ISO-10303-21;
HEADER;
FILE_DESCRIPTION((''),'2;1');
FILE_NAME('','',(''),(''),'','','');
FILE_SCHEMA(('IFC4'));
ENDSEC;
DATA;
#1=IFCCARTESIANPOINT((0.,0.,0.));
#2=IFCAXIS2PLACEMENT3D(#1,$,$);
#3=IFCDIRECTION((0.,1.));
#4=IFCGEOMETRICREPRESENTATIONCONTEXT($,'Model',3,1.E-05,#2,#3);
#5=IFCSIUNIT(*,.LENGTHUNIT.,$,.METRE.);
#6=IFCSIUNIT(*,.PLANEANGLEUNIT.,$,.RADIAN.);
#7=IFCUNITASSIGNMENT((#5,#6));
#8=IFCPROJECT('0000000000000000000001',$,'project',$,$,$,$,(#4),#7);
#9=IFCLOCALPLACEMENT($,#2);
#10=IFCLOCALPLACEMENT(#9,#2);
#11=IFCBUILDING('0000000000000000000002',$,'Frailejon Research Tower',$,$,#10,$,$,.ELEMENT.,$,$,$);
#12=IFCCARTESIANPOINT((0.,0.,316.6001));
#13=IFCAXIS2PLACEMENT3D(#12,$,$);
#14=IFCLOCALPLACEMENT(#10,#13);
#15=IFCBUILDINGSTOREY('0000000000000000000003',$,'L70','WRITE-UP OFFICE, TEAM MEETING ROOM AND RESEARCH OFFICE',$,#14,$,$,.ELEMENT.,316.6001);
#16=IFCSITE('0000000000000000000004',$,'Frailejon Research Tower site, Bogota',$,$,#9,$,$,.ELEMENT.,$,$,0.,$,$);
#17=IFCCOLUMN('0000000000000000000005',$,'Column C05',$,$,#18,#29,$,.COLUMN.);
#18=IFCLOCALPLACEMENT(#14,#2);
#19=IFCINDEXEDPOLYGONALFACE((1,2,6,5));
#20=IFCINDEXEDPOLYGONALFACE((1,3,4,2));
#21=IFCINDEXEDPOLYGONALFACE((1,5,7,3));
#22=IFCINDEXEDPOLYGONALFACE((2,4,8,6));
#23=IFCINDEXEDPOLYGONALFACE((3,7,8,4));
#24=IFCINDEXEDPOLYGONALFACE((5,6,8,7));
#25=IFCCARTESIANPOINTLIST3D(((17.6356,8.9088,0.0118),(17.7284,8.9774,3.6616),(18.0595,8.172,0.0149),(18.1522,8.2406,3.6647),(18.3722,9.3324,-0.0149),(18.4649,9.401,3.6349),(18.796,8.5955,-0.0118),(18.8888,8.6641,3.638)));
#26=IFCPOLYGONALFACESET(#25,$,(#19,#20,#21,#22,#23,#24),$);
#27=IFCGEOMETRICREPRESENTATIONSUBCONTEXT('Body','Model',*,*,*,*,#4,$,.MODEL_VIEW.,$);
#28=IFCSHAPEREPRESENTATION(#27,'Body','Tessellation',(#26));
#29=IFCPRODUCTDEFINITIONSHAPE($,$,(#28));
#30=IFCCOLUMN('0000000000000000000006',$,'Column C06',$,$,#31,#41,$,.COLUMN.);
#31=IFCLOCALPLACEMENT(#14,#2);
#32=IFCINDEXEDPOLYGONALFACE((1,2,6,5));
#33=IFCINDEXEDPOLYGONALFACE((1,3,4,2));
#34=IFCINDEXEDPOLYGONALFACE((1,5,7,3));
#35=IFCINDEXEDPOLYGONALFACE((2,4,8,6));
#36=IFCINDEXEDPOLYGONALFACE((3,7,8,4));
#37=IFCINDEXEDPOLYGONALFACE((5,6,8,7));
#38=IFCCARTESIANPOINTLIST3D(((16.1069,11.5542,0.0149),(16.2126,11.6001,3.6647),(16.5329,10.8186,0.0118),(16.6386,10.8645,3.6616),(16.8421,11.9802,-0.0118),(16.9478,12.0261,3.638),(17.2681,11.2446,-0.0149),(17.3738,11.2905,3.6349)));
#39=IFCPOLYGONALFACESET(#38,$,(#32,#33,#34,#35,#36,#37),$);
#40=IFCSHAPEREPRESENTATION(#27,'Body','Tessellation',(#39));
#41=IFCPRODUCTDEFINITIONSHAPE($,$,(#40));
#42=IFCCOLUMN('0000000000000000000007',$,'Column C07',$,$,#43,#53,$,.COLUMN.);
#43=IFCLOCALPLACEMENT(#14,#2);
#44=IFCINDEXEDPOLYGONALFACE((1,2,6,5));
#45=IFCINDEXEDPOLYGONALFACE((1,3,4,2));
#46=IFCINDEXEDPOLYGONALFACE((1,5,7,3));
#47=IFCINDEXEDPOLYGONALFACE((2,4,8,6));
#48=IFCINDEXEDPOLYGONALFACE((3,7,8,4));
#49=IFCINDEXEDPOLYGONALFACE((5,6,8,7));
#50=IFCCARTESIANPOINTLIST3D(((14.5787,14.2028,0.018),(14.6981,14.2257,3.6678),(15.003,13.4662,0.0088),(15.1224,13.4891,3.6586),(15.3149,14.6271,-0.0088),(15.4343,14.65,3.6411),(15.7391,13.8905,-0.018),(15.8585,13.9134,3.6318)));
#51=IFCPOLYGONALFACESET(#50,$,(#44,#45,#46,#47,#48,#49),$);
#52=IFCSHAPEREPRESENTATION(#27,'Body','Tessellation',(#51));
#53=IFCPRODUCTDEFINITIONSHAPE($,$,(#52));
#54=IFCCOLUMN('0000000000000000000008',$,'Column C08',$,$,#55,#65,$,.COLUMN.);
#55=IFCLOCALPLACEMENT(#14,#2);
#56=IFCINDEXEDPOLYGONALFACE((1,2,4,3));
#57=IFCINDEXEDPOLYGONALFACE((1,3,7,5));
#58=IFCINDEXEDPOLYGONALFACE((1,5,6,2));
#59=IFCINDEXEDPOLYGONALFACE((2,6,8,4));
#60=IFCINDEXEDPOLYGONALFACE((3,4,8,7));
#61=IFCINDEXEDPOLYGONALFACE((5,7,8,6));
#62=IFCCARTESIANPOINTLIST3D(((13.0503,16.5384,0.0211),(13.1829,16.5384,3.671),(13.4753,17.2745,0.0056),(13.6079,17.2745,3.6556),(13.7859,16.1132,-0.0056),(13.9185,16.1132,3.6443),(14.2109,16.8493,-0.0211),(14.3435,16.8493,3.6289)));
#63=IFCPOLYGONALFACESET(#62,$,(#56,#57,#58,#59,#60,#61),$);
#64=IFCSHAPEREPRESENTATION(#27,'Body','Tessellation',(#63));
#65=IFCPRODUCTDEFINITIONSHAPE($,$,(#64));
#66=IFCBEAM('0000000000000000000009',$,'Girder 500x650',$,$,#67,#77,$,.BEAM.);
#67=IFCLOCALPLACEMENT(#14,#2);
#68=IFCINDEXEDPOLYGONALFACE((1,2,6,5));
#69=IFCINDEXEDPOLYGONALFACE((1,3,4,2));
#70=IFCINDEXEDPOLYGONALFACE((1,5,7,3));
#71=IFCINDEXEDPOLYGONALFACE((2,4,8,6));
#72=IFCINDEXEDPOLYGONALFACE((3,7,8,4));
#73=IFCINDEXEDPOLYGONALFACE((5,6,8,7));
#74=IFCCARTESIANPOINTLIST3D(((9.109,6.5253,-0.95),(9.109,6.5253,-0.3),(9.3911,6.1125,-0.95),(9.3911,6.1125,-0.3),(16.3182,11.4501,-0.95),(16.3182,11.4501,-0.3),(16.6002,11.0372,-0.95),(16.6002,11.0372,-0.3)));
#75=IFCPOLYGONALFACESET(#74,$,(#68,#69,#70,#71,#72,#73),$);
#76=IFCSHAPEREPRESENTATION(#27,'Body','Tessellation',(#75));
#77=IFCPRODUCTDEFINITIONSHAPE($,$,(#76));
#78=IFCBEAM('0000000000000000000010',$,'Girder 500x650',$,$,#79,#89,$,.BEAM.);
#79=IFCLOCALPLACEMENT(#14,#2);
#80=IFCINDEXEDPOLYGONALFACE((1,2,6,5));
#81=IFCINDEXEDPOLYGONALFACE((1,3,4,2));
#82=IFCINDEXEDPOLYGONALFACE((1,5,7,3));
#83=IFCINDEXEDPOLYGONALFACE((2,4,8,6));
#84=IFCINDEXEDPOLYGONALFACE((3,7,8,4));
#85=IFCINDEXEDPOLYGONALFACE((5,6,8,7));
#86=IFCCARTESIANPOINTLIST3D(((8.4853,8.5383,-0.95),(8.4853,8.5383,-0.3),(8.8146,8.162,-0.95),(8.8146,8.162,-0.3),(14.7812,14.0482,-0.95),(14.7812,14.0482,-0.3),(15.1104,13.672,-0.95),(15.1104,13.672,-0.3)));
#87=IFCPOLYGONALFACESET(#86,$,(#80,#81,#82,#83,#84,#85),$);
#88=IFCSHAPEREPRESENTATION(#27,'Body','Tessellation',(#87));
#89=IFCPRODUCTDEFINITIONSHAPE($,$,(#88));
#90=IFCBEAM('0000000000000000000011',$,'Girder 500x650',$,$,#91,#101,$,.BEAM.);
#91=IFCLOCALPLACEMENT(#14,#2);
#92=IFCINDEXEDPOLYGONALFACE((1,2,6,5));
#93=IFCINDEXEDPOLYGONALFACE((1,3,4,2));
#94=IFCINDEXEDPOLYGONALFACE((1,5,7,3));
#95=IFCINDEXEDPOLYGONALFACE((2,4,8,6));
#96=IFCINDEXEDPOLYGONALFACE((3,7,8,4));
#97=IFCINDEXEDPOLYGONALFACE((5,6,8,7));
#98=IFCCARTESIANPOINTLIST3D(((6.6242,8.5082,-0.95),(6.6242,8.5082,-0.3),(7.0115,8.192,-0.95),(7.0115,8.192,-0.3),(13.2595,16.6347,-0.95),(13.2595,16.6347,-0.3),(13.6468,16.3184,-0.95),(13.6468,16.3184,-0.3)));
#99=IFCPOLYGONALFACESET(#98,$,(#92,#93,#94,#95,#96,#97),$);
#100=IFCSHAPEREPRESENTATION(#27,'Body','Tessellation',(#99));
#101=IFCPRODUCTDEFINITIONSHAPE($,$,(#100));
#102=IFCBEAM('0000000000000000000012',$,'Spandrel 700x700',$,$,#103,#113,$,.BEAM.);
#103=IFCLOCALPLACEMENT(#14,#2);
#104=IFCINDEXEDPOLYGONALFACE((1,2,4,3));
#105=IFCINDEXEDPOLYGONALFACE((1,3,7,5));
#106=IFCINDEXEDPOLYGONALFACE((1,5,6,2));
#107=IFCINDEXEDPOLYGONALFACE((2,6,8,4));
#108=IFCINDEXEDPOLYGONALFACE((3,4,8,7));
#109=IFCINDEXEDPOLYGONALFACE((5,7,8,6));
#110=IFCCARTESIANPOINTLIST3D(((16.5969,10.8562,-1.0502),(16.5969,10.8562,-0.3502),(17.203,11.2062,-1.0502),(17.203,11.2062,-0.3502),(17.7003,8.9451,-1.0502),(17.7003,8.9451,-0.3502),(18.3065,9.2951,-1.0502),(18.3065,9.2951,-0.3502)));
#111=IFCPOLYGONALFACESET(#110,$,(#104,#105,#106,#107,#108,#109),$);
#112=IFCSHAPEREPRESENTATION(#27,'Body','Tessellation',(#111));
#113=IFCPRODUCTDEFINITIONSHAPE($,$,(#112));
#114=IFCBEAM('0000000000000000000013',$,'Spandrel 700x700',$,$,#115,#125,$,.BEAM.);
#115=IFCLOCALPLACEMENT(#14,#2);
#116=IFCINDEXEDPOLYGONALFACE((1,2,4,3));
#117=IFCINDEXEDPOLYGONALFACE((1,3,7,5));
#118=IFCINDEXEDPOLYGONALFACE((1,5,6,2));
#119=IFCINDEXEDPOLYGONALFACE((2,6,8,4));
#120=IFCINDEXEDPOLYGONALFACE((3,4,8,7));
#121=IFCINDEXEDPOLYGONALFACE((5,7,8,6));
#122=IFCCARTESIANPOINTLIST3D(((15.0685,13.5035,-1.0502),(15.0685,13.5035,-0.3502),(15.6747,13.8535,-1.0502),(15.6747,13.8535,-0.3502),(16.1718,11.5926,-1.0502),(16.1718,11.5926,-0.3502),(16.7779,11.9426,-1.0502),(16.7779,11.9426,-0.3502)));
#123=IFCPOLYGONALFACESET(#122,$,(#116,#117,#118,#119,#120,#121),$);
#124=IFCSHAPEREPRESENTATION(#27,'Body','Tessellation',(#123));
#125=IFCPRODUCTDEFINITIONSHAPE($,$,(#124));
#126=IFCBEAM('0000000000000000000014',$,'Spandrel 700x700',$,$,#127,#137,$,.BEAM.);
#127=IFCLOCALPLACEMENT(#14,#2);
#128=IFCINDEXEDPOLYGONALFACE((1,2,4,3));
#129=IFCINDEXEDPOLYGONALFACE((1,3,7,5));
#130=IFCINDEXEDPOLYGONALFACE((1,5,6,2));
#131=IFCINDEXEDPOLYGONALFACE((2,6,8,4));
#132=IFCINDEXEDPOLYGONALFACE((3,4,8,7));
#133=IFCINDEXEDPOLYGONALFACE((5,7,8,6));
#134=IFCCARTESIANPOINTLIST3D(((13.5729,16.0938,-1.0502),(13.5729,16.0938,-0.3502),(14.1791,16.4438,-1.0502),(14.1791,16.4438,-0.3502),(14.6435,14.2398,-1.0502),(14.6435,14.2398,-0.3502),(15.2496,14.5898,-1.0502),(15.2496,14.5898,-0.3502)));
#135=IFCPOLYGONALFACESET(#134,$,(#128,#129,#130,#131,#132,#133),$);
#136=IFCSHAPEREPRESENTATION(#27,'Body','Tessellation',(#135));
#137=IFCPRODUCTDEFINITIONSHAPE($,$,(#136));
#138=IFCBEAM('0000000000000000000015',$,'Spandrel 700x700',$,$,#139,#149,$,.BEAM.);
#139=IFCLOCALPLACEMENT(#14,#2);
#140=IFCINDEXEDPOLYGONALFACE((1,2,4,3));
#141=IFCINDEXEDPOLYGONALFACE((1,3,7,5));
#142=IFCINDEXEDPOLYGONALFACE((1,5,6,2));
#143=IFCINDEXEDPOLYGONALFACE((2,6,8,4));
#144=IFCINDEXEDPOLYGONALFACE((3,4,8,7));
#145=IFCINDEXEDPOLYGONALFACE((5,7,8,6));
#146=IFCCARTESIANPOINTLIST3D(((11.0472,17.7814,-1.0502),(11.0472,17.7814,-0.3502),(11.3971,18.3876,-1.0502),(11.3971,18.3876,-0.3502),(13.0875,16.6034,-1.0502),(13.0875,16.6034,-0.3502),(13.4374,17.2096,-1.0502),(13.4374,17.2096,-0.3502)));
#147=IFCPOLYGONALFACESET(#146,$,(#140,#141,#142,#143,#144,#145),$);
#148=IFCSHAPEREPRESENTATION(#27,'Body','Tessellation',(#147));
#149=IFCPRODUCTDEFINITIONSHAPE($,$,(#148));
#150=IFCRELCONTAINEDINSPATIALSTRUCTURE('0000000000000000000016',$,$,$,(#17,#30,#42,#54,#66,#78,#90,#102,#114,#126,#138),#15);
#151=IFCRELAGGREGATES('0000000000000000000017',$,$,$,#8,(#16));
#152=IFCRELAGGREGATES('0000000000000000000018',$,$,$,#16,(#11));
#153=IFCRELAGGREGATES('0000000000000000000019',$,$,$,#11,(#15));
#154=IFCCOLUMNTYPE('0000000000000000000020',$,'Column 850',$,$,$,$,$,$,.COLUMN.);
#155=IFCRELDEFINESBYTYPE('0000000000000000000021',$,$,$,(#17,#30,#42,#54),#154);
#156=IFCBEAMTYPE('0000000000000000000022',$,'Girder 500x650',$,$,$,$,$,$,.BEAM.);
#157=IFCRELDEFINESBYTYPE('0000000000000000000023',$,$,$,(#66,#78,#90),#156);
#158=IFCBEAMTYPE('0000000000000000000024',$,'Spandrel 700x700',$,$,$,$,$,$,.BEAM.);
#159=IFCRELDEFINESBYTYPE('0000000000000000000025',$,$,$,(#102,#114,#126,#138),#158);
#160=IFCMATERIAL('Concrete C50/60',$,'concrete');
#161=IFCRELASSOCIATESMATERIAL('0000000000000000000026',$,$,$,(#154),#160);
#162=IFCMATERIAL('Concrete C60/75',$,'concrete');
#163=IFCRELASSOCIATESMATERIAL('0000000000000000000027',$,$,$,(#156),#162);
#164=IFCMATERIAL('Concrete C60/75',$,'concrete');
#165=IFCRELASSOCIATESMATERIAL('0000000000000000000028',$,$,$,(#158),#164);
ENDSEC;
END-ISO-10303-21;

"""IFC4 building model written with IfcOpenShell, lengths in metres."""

from ifc_helpers import new_model, si_unit, direction, frame, origin, origin_2d, place, context, subcontext, project, spatial, rectangle, extrude, material, material_profile, profile_set, type_object, element, save


model = new_model("IFC4")

# Units and contexts
model_context = context("Model", 3, precision=1e-05, world=origin(), true_north=direction((0.0, 1.0)))
body_context = subcontext(model_context, "Body", "Model", "MODEL_VIEW")
ifc_project = project(units=[si_unit("LENGTHUNIT", "METRE"), si_unit("PLANEANGLEUNIT", "RADIAN")], contexts=[model_context])

# Site, building, storey
site_placement = place(None, origin())
site = spatial("IfcSite", under=ifc_project, at=site_placement, Name="Frailejon Research Tower site, Bogota", CompositionType="ELEMENT", RefElevation=0.0)
building_placement = place(site_placement, origin())
building = spatial("IfcBuilding", under=site, at=building_placement, Name="Frailejon Research Tower", CompositionType="ELEMENT")
storey_placement = place(building_placement, frame((0.0, 0.0, 316.6001)))
storey = spatial("IfcBuildingStorey", under=building, at=storey_placement, Name="L70", Description="WRITE-UP OFFICE, TEAM MEETING ROOM AND RESEARCH OFFICE", CompositionType="ELEMENT", Elevation=316.6001)

# Columns
ifc_material_1 = material(Name="Concrete C50/60", Category="concrete")
ifc_material_profile_1 = material_profile(ifc_material_1, rectangle(XDim=0.8501, YDim=0.8501, at=origin_2d()), Name="Column 850")
ifc_profile_set_1 = profile_set([ifc_material_profile_1], Name="Concrete C50/60")
column_type = type_object("IfcColumnType", Name="Column 850", PredefinedType="COLUMN", material=ifc_profile_set_1)
for number, where, z_axis, x_axis, name in (
    (1, (18.2158, 8.7522, 0.0), (0.025405, 0.018787, 0.999501), (-0.498612, 0.866818, -0.003619), "Column C05"),
    (2, (16.6875, 11.3994, 0.0), (0.028949, 0.012569, 0.999502), (-0.501205, 0.865321, 0.003635), "Column C06"),
):
    element("IfcColumn", number, at=place(storey_placement, frame(where, z_axis=z_axis, x_axis=x_axis)), inside=storey, type_object=column_type, Name=name, PredefinedType="COLUMN", context=body_context, shape_type="SweptSolid", body=[
        extrude(rectangle(XDim=0.8501, YDim=0.8501, at=origin_2d()), origin(), (0.0, 0.0, 1.0), 3.6516),
    ])
column_1_placement = place(storey_placement, frame((15.1589, 14.0466, 0.0), z_axis=(0.032691, 0.006284, 0.999446), x_axis=(-0.499067, 0.866495, 0.010876)))
element("IfcColumn", 3, at=column_1_placement, inside=storey, type_object=column_type, Name="Column C07", PredefinedType="COLUMN", context=body_context, shape_type="SweptSolid", body=[
    extrude(rectangle(XDim=0.8501, YDim=0.8501, at=origin_2d()), origin(), (0.0, 0.0, 1.0), 3.6519),
])
column_2_placement = place(storey_placement, frame((13.6306, 16.6938, 0.0), z_axis=(0.036297, 0.0, 0.999341), x_axis=(-0.865313, 0.500246, 0.031429)))
element("IfcColumn", 4, at=column_2_placement, inside=storey, type_object=column_type, Name="Column C08", PredefinedType="COLUMN", context=body_context, shape_type="SweptSolid", body=[
    extrude(rectangle(XDim=0.8501, YDim=0.8501, at=origin_2d()), origin(), (0.0, 0.0, 1.0), 3.6523),
])

# Beams
ifc_material_2 = material(Name="Concrete C60/75", Category="concrete")
ifc_material_profile_2 = material_profile(ifc_material_2, rectangle(XDim=0.5, YDim=0.6499, at=origin_2d()), Name="Girder 500x650")
ifc_profile_set_2 = profile_set([ifc_material_profile_2], Name="Concrete C60/75")
beam_type_1 = type_object("IfcBeamType", Name="Girder 500x650", PredefinedType="BEAM", material=ifc_profile_set_2)
beam_1_placement = place(storey_placement, frame((16.4592, 11.2437, -0.625), z_axis=(-0.825725, -0.564073, 0.0), x_axis=(0.564073, -0.825725, 0.0)))
element("IfcBeam", 5, at=beam_1_placement, inside=storey, type_object=beam_type_1, Name="Girder 500x650", PredefinedType="BEAM", context=body_context, shape_type="SweptSolid", body=[
    extrude(rectangle(XDim=0.5, YDim=0.6499, at=origin_2d()), origin(), (0.0, 0.0, 1.0), 8.7307),
])
beam_2_placement = place(storey_placement, frame((14.9458, 13.8601, -0.625), z_axis=(-0.752512, -0.658579, 0.0), x_axis=(0.658579, -0.752512, 0.0)))
element("IfcBeam", 6, at=beam_2_placement, inside=storey, type_object=beam_type_1, Name="Girder 500x650", PredefinedType="BEAM", context=body_context, shape_type="SweptSolid", body=[
    extrude(rectangle(XDim=0.5, YDim=0.6499, at=origin_2d()), origin(), (0.0, 0.0, 1.0), 8.3665),
])
beam_3_placement = place(storey_placement, frame((13.4531, 16.4766, -0.625), z_axis=(-0.632457, -0.774596, 0.0), x_axis=(0.774596, -0.632457, 0.0)))
element("IfcBeam", 7, at=beam_3_placement, inside=storey, type_object=beam_type_1, Name="Girder 500x650", PredefinedType="BEAM", context=body_context, shape_type="SweptSolid", body=[
    extrude(rectangle(XDim=0.5, YDim=0.6499, at=origin_2d()), origin(), (0.0, 0.0, 1.0), 10.4912),
])
ifc_material_3 = material(Name="Concrete C60/75", Category="concrete")
ifc_material_profile_3 = material_profile(ifc_material_3, rectangle(XDim=0.7, YDim=0.7, at=origin_2d()), Name="Spandrel 700x700")
ifc_profile_set_3 = profile_set([ifc_material_profile_3], Name="Concrete C60/75")
beam_type_2 = type_object("IfcBeamType", Name="Spandrel 700x700", PredefinedType="BEAM", material=ifc_profile_set_3)
beam_4_placement = place(storey_placement, frame((18.0034, 9.1201, -0.7002), z_axis=(-0.500042, 0.866001, 0.0), x_axis=(-0.866001, -0.500042, 0.0)))
element("IfcBeam", 8, at=beam_4_placement, inside=storey, type_object=beam_type_2, Name="Spandrel 700x700", PredefinedType="BEAM", context=body_context, shape_type="SweptSolid", body=[
    extrude(rectangle(XDim=0.7, YDim=0.7, at=origin_2d()), origin(), (0.0, 0.0, 1.0), 2.2068),
])
beam_5_placement = place(storey_placement, frame((16.4749, 11.7676, -0.7002), z_axis=(-0.500007, 0.866022, 0.0), x_axis=(-0.866022, -0.500007, 0.0)))
element("IfcBeam", 9, at=beam_5_placement, inside=storey, type_object=beam_type_2, Name="Spandrel 700x700", PredefinedType="BEAM", context=body_context, shape_type="SweptSolid", body=[
    extrude(rectangle(XDim=0.7, YDim=0.7, at=origin_2d()), origin(), (0.0, 0.0, 1.0), 2.2065),
])
beam_6_placement = place(storey_placement, frame((14.9465, 14.4148, -0.7002), z_axis=(-0.500051, 0.865996, 0.0), x_axis=(-0.865996, -0.500051, 0.0)))
element("IfcBeam", 10, at=beam_6_placement, inside=storey, type_object=beam_type_2, Name="Spandrel 700x700", PredefinedType="BEAM", context=body_context, shape_type="SweptSolid", body=[
    extrude(rectangle(XDim=0.7, YDim=0.7, at=origin_2d()), origin(), (0.0, 0.0, 1.0), 2.1409),
])
beam_7_placement = place(storey_placement, frame((13.2625, 16.9065, -0.7002), z_axis=(-0.866022, 0.500007, 0.0), x_axis=(-0.500007, -0.866022, 0.0)))
element("IfcBeam", 11, at=beam_7_placement, inside=storey, type_object=beam_type_2, Name="Spandrel 700x700", PredefinedType="BEAM", context=body_context, shape_type="SweptSolid", body=[
    extrude(rectangle(XDim=0.7, YDim=0.7, at=origin_2d()), origin(), (0.0, 0.0, 1.0), 2.356),
])

save(model, "model.ifc")
